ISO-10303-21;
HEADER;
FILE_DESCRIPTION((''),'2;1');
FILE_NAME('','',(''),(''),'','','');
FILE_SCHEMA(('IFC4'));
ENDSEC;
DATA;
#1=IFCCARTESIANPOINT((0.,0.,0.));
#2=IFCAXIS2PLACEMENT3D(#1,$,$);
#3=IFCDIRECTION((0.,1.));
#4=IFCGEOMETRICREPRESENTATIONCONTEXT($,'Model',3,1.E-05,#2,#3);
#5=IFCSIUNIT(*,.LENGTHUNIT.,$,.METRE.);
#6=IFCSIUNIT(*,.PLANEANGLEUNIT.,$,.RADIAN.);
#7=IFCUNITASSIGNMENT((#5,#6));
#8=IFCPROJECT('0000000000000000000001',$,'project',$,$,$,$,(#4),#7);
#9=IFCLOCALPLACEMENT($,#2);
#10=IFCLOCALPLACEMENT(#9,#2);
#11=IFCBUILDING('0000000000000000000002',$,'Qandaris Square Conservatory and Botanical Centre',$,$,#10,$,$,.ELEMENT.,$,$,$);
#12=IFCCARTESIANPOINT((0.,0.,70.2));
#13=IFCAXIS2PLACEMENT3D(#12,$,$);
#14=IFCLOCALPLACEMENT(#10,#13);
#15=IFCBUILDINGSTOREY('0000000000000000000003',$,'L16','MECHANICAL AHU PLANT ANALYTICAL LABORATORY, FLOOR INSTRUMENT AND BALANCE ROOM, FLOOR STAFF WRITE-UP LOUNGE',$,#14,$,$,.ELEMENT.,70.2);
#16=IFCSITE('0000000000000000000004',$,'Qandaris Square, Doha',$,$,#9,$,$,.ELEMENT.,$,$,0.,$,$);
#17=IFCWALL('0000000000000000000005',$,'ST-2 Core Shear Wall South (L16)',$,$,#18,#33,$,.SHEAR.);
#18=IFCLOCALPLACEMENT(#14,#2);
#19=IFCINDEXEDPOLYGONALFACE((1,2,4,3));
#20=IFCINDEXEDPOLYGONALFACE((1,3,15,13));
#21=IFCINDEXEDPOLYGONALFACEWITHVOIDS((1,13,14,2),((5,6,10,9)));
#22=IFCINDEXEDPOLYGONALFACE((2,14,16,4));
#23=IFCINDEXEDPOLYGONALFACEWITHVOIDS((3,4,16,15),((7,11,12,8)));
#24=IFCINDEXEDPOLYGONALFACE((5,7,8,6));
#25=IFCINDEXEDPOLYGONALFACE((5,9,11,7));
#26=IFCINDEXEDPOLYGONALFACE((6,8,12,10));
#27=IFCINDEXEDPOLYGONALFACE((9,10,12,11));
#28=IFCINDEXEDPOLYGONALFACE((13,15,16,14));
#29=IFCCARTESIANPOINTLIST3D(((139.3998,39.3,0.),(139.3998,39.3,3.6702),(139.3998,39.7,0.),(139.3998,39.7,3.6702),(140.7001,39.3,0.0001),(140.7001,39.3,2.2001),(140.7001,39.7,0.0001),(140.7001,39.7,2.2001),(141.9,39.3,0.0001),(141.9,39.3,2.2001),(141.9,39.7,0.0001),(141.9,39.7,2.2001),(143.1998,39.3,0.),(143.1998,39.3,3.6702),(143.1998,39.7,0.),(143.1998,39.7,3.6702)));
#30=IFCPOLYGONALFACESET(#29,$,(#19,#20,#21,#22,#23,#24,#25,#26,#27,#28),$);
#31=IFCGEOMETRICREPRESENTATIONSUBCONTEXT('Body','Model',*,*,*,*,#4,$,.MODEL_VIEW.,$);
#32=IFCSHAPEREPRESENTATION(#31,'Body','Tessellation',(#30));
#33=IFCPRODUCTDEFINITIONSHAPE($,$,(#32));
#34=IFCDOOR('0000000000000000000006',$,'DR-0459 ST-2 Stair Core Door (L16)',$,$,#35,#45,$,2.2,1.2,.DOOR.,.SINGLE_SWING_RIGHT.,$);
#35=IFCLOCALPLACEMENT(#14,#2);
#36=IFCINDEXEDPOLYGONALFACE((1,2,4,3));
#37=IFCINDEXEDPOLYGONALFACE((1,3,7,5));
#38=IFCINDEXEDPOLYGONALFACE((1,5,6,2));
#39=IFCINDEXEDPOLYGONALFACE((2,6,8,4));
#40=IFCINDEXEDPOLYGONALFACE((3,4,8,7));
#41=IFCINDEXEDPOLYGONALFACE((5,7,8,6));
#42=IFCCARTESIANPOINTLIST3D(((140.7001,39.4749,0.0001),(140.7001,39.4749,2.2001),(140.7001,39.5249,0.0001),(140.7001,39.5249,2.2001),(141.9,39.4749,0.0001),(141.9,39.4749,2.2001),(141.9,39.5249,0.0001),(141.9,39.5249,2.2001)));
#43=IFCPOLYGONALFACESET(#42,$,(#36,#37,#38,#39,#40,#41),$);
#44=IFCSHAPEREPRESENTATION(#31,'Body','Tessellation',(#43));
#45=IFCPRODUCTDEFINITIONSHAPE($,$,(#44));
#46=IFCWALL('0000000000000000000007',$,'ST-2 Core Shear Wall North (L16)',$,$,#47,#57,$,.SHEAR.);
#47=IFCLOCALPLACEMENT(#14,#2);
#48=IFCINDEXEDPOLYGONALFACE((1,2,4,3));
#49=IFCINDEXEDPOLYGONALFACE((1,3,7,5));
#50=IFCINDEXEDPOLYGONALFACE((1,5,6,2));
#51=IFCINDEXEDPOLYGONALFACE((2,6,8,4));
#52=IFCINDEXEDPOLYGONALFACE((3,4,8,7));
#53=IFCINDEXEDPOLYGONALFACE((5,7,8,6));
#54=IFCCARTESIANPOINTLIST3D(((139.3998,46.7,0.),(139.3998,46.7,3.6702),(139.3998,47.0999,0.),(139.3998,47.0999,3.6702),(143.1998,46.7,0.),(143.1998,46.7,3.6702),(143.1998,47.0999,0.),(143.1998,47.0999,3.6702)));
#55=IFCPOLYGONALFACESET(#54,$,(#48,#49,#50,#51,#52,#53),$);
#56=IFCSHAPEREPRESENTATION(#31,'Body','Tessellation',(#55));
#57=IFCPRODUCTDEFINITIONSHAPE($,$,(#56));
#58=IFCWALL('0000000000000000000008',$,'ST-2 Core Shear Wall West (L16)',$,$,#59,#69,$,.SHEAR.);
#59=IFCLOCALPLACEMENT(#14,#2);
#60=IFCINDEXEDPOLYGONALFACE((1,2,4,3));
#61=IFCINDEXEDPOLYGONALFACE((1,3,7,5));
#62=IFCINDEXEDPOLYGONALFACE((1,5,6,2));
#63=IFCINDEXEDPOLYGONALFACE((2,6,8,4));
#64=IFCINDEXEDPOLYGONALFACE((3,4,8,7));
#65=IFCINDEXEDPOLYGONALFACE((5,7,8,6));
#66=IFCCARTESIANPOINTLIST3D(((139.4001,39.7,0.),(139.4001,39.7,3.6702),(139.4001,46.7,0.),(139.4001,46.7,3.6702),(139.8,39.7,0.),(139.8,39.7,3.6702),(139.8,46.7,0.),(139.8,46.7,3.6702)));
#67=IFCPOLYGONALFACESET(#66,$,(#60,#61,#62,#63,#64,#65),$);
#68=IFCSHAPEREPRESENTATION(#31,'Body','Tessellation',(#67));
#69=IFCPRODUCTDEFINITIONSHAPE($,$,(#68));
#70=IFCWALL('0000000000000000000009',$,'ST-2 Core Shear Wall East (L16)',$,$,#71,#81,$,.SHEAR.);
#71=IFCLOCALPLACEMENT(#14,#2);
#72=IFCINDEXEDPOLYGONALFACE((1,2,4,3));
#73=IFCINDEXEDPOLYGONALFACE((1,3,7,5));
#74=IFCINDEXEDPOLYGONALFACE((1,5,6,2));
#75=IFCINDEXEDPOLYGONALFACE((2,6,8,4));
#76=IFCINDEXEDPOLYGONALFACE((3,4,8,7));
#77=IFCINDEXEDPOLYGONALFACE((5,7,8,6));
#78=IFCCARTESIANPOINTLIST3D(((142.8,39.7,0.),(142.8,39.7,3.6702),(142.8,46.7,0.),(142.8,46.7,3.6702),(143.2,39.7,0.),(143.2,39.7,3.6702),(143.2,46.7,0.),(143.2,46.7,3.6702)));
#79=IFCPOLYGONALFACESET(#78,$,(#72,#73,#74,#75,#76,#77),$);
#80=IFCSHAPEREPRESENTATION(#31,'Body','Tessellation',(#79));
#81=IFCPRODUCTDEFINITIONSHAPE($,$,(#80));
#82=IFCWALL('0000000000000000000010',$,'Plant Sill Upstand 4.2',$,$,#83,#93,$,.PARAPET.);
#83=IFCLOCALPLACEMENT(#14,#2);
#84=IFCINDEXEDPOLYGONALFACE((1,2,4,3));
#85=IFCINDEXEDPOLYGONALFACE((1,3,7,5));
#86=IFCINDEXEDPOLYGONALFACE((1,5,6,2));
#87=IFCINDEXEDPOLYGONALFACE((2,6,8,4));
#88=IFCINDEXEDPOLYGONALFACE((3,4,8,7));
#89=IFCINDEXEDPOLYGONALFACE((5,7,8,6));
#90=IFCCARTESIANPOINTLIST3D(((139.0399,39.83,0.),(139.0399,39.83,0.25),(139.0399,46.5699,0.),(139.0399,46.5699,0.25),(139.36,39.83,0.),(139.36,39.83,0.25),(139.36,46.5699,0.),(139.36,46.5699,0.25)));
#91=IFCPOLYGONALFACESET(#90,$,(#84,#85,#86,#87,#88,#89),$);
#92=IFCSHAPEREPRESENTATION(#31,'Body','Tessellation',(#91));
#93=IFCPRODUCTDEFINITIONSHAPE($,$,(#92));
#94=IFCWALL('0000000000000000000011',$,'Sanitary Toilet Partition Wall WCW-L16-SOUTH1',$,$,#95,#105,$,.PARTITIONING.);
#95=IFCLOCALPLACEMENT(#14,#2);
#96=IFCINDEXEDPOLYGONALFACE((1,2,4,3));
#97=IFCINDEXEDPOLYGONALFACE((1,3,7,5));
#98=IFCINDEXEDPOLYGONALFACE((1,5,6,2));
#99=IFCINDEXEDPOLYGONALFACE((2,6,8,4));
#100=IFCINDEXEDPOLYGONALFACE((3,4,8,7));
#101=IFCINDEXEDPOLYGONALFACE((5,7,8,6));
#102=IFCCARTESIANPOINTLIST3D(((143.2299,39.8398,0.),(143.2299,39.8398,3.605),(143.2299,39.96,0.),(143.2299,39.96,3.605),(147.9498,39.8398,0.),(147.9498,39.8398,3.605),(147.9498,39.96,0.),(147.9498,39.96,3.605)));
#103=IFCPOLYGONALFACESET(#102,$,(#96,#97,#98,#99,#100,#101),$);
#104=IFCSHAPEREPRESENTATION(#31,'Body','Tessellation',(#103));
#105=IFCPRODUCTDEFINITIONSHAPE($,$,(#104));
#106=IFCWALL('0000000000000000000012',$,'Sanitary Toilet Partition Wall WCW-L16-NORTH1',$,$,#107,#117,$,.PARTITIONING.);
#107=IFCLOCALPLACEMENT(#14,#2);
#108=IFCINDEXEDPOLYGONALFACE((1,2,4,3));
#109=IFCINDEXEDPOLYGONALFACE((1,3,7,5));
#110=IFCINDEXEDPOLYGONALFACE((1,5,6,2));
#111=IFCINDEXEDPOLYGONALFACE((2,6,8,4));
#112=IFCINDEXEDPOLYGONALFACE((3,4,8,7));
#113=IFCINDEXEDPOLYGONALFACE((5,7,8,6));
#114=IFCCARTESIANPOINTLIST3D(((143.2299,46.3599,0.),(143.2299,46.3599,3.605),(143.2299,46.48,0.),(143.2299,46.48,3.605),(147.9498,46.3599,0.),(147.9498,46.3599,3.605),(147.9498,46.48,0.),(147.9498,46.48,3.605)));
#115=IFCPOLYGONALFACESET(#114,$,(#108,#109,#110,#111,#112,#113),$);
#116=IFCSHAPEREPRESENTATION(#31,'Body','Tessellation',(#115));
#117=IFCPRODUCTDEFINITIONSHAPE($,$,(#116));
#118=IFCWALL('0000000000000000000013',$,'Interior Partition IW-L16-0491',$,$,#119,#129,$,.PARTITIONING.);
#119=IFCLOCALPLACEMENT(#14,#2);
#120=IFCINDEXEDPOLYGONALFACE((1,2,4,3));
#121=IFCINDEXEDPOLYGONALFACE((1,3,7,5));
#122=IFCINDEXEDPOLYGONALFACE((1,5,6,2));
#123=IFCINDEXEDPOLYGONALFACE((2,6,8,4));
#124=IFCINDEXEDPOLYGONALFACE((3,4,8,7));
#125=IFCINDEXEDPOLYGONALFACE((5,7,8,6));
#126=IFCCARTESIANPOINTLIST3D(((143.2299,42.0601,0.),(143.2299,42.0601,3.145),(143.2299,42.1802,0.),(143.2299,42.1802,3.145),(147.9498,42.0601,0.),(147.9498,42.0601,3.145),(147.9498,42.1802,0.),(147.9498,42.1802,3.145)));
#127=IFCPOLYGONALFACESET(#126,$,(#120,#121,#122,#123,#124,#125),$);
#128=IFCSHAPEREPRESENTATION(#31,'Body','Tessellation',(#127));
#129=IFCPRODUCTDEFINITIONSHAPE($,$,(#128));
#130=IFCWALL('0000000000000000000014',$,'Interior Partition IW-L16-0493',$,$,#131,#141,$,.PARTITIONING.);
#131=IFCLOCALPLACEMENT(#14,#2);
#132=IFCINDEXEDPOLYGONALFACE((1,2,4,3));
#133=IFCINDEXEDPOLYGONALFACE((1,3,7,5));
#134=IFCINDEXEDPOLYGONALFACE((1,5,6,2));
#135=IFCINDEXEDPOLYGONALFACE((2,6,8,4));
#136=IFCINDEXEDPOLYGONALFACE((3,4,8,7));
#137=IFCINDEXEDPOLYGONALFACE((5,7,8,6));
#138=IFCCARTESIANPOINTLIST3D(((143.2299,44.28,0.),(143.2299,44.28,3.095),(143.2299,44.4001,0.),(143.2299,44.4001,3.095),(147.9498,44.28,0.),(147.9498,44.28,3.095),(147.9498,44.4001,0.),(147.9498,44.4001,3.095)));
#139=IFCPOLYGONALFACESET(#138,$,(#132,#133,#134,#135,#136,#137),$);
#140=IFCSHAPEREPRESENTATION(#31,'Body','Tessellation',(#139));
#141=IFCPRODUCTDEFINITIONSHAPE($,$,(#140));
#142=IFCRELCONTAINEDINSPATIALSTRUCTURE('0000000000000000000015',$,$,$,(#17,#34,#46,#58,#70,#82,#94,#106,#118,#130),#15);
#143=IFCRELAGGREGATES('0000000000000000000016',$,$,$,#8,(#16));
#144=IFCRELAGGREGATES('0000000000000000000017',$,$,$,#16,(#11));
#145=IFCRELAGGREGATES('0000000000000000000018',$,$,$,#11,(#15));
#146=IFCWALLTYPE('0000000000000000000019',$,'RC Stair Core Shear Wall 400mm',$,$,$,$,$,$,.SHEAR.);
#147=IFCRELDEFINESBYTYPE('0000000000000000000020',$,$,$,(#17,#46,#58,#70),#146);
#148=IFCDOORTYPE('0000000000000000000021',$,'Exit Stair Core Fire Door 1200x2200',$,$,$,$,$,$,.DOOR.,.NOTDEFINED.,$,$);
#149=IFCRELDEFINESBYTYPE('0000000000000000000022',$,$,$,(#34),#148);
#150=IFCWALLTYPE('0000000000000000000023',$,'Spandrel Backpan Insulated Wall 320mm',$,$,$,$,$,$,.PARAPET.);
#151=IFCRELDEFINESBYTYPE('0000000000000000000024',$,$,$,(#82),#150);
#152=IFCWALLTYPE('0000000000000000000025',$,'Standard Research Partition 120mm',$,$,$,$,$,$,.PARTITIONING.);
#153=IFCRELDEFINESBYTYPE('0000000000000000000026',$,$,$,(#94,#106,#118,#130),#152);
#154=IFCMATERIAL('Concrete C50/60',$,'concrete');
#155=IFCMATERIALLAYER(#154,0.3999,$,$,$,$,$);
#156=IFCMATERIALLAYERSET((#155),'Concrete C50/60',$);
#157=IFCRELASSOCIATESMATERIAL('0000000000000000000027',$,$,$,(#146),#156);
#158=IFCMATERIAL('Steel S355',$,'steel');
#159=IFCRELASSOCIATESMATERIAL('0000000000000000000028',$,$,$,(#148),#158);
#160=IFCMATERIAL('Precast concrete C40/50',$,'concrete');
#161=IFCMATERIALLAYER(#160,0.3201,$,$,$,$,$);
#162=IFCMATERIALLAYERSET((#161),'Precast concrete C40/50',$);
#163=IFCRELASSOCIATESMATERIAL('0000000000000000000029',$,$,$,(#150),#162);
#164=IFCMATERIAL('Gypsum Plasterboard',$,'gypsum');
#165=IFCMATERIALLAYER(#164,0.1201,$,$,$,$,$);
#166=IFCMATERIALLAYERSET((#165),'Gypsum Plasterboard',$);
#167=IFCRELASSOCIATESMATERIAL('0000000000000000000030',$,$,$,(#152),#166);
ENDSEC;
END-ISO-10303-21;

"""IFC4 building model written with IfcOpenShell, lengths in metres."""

from ifc_helpers import new_model, si_unit, direction, frame, frame_2d, origin, place, context, subcontext, project, spatial, rectangle, extrude, material, layer, layer_set, type_object, element, fill, save


model = new_model("IFC4")

# Units and contexts
model_context = context("Model", 3, precision=1e-05, world=origin(), true_north=direction((0.0, 1.0)))
body_context = subcontext(model_context, "Body", "Model", "MODEL_VIEW")
ifc_project = project(units=[si_unit("LENGTHUNIT", "METRE"), si_unit("PLANEANGLEUNIT", "RADIAN")], contexts=[model_context])

# Site, building, storey
site_placement = place(None, origin())
site = spatial("IfcSite", under=ifc_project, at=site_placement, Name="Qandaris Square, Doha", CompositionType="ELEMENT", RefElevation=0.0)
building_placement = place(site_placement, origin())
building = spatial("IfcBuilding", under=site, at=building_placement, Name="Qandaris Square Conservatory and Botanical Centre", CompositionType="ELEMENT")
storey_placement = place(building_placement, frame((0.0, 0.0, 70.2)))
storey = spatial("IfcBuildingStorey", under=building, at=storey_placement, Name="L16", Description="MECHANICAL AHU PLANT ANALYTICAL LABORATORY, FLOOR INSTRUMENT AND BALANCE ROOM, FLOOR STAFF WRITE-UP LOUNGE", CompositionType="ELEMENT", Elevation=70.2)

# Shared definitions
ifc_material_1 = material(Name="Concrete C50/60", Category="concrete")

# Wall, opening, door
ifc_layer_1 = layer(ifc_material_1, 0.3999)
ifc_layer_set_1 = layer_set([ifc_layer_1], Name="Concrete C50/60")
wall_type_1 = type_object("IfcWallType", Name="RC Stair Core Shear Wall 400mm", PredefinedType="SHEAR", material=ifc_layer_set_1)
wall_1_placement = place(storey_placement, frame((139.3999, 39.5, 0.0), z_axis=(0.0, 0.0, 1.0), x_axis=(1.0, 0.0, 0.0)))
wall_1 = element("IfcWall", 1, at=wall_1_placement, inside=storey, type_object=wall_type_1, Name="ST-2 Core Shear Wall South (L16)", PredefinedType="SHEAR", context=body_context, shape_type="SweptSolid", body=[
    extrude(rectangle(XDim=3.8, YDim=0.3999, at=frame_2d((1.8999, 0.0))), origin(), (0.0, 0.0, 1.0), 3.6702),
])
opening_placement = place(wall_1_placement, frame((1.3, 0.0, 0.0)))
opening = element("IfcOpeningElement", 2, at=opening_placement, cuts=wall_1, PredefinedType="OPENING", context=body_context, shape_type="SweptSolid", body=[
    extrude(rectangle(XDim=1.2, YDim=2.2, at=frame_2d((0.6001, 1.1001))), frame((0.0, 0.2119, 0.0), z_axis=(0.0, -1.0, 0.0), x_axis=(1.0, 0.0, 0.0)), (0.0, 0.0, 1.0), 0.4238),
])
ifc_material_2 = material(Name="Steel S355", Category="steel")
door_type = type_object("IfcDoorType", Name="Exit Stair Core Fire Door 1200x2200", OperationType="NOTDEFINED", PredefinedType="DOOR", material=ifc_material_2)
door_placement = place(opening_placement, origin())
door = element("IfcDoor", 3, at=door_placement, inside=storey, type_object=door_type, Name="DR-0459 ST-2 Stair Core Door (L16)", OperationType="SINGLE_SWING_RIGHT", OverallHeight=2.2, OverallWidth=1.2, PredefinedType="DOOR", context=body_context, shape_type="SweptSolid", body=[
    extrude(rectangle(XDim=1.2, YDim=2.2, at=frame_2d((0.6001, 1.1001))), frame((0.0, 0.0249, 0.0), z_axis=(0.0, -1.0, 0.0), x_axis=(1.0, 0.0, 0.0)), (0.0, 0.0, 1.0), 0.05),
])
fill(opening, door)

# Walls
wall_2_placement = place(storey_placement, frame((139.3999, 46.8999, 0.0), z_axis=(0.0, 0.0, 1.0), x_axis=(1.0, 0.0, 0.0)))
element("IfcWall", 4, at=wall_2_placement, inside=storey, type_object=wall_type_1, Name="ST-2 Core Shear Wall North (L16)", PredefinedType="SHEAR", context=body_context, shape_type="SweptSolid", body=[
    extrude(rectangle(XDim=3.8, YDim=0.3999, at=frame_2d((1.8999, 0.0))), origin(), (0.0, 0.0, 1.0), 3.6702),
])
for number, where, z_axis, x_axis, name in (
    (5, (139.6001, 39.7, 0.0), (0.0, 0.0, 1.0), (0.0, 1.0, 0.0), "ST-2 Core Shear Wall West (L16)"),
    (6, (143.0, 39.7, 0.0), (0.0, 0.0, 1.0), (0.0, 1.0, 0.0), "ST-2 Core Shear Wall East (L16)"),
):
    element("IfcWall", number, at=place(storey_placement, frame(where, z_axis=z_axis, x_axis=x_axis)), inside=storey, type_object=wall_type_1, Name=name, PredefinedType="SHEAR", context=body_context, shape_type="SweptSolid", body=[
        extrude(rectangle(XDim=7.0, YDim=0.3999, at=frame_2d((3.5, 0.0))), origin(), (0.0, 0.0, 1.0), 3.6702),
    ])
ifc_material_3 = material(Name="Precast concrete C40/50", Category="concrete")
ifc_layer_2 = layer(ifc_material_3, 0.3201)
ifc_layer_set_2 = layer_set([ifc_layer_2], Name="Precast concrete C40/50")
wall_type_2 = type_object("IfcWallType", Name="Spandrel Backpan Insulated Wall 320mm", PredefinedType="PARAPET", material=ifc_layer_set_2)
wall_3_placement = place(storey_placement, frame((139.2, 46.5701, 0.0), z_axis=(0.0, 0.0, 1.0), x_axis=(0.0, -1.0, 0.0)))
element("IfcWall", 7, at=wall_3_placement, inside=storey, type_object=wall_type_2, Name="Plant Sill Upstand 4.2", PredefinedType="PARAPET", context=body_context, shape_type="SweptSolid", body=[
    extrude(rectangle(XDim=6.74, YDim=0.3201, at=frame_2d((3.3701, 0.0))), origin(), (0.0, 0.0, 1.0), 0.25),
])
ifc_material_4 = material(Name="Gypsum Plasterboard", Category="gypsum")
ifc_layer_3 = layer(ifc_material_4, 0.1201)
ifc_layer_set_3 = layer_set([ifc_layer_3], Name="Gypsum Plasterboard")
wall_type_3 = type_object("IfcWallType", Name="Standard Research Partition 120mm", PredefinedType="PARTITIONING", material=ifc_layer_set_3)
for number, where, z_axis, x_axis, name in (
    (8, (143.23, 39.8999, 0.0), (0.0, 0.0, 1.0), (1.0, 0.0, 0.0), "Sanitary Toilet Partition Wall WCW-L16-SOUTH1"),
    (9, (143.23, 46.4199, 0.0), (0.0, 0.0, 1.0), (1.0, 0.0, 0.0), "Sanitary Toilet Partition Wall WCW-L16-NORTH1"),
):
    element("IfcWall", number, at=place(storey_placement, frame(where, z_axis=z_axis, x_axis=x_axis)), inside=storey, type_object=wall_type_3, Name=name, PredefinedType="PARTITIONING", context=body_context, shape_type="SweptSolid", body=[
        extrude(rectangle(XDim=4.72, YDim=0.1201, at=frame_2d((2.3599, 0.0))), origin(), (0.0, 0.0, 1.0), 3.605),
    ])
wall_4_placement = place(storey_placement, frame((143.23, 42.1201, 0.0), z_axis=(0.0, 0.0, 1.0), x_axis=(1.0, 0.0, 0.0)))
element("IfcWall", 10, at=wall_4_placement, inside=storey, type_object=wall_type_3, Name="Interior Partition IW-L16-0491", PredefinedType="PARTITIONING", context=body_context, shape_type="SweptSolid", body=[
    extrude(rectangle(XDim=4.72, YDim=0.1201, at=frame_2d((2.3599, 0.0))), origin(), (0.0, 0.0, 1.0), 3.145),
])
wall_5_placement = place(storey_placement, frame((143.23, 44.3401, 0.0), z_axis=(0.0, 0.0, 1.0), x_axis=(1.0, 0.0, 0.0)))
element("IfcWall", 11, at=wall_5_placement, inside=storey, type_object=wall_type_3, Name="Interior Partition IW-L16-0493", PredefinedType="PARTITIONING", context=body_context, shape_type="SweptSolid", body=[
    extrude(rectangle(XDim=4.72, YDim=0.1201, at=frame_2d((2.3599, 0.0))), origin(), (0.0, 0.0, 1.0), 3.095),
])

save(model, "model.ifc")
